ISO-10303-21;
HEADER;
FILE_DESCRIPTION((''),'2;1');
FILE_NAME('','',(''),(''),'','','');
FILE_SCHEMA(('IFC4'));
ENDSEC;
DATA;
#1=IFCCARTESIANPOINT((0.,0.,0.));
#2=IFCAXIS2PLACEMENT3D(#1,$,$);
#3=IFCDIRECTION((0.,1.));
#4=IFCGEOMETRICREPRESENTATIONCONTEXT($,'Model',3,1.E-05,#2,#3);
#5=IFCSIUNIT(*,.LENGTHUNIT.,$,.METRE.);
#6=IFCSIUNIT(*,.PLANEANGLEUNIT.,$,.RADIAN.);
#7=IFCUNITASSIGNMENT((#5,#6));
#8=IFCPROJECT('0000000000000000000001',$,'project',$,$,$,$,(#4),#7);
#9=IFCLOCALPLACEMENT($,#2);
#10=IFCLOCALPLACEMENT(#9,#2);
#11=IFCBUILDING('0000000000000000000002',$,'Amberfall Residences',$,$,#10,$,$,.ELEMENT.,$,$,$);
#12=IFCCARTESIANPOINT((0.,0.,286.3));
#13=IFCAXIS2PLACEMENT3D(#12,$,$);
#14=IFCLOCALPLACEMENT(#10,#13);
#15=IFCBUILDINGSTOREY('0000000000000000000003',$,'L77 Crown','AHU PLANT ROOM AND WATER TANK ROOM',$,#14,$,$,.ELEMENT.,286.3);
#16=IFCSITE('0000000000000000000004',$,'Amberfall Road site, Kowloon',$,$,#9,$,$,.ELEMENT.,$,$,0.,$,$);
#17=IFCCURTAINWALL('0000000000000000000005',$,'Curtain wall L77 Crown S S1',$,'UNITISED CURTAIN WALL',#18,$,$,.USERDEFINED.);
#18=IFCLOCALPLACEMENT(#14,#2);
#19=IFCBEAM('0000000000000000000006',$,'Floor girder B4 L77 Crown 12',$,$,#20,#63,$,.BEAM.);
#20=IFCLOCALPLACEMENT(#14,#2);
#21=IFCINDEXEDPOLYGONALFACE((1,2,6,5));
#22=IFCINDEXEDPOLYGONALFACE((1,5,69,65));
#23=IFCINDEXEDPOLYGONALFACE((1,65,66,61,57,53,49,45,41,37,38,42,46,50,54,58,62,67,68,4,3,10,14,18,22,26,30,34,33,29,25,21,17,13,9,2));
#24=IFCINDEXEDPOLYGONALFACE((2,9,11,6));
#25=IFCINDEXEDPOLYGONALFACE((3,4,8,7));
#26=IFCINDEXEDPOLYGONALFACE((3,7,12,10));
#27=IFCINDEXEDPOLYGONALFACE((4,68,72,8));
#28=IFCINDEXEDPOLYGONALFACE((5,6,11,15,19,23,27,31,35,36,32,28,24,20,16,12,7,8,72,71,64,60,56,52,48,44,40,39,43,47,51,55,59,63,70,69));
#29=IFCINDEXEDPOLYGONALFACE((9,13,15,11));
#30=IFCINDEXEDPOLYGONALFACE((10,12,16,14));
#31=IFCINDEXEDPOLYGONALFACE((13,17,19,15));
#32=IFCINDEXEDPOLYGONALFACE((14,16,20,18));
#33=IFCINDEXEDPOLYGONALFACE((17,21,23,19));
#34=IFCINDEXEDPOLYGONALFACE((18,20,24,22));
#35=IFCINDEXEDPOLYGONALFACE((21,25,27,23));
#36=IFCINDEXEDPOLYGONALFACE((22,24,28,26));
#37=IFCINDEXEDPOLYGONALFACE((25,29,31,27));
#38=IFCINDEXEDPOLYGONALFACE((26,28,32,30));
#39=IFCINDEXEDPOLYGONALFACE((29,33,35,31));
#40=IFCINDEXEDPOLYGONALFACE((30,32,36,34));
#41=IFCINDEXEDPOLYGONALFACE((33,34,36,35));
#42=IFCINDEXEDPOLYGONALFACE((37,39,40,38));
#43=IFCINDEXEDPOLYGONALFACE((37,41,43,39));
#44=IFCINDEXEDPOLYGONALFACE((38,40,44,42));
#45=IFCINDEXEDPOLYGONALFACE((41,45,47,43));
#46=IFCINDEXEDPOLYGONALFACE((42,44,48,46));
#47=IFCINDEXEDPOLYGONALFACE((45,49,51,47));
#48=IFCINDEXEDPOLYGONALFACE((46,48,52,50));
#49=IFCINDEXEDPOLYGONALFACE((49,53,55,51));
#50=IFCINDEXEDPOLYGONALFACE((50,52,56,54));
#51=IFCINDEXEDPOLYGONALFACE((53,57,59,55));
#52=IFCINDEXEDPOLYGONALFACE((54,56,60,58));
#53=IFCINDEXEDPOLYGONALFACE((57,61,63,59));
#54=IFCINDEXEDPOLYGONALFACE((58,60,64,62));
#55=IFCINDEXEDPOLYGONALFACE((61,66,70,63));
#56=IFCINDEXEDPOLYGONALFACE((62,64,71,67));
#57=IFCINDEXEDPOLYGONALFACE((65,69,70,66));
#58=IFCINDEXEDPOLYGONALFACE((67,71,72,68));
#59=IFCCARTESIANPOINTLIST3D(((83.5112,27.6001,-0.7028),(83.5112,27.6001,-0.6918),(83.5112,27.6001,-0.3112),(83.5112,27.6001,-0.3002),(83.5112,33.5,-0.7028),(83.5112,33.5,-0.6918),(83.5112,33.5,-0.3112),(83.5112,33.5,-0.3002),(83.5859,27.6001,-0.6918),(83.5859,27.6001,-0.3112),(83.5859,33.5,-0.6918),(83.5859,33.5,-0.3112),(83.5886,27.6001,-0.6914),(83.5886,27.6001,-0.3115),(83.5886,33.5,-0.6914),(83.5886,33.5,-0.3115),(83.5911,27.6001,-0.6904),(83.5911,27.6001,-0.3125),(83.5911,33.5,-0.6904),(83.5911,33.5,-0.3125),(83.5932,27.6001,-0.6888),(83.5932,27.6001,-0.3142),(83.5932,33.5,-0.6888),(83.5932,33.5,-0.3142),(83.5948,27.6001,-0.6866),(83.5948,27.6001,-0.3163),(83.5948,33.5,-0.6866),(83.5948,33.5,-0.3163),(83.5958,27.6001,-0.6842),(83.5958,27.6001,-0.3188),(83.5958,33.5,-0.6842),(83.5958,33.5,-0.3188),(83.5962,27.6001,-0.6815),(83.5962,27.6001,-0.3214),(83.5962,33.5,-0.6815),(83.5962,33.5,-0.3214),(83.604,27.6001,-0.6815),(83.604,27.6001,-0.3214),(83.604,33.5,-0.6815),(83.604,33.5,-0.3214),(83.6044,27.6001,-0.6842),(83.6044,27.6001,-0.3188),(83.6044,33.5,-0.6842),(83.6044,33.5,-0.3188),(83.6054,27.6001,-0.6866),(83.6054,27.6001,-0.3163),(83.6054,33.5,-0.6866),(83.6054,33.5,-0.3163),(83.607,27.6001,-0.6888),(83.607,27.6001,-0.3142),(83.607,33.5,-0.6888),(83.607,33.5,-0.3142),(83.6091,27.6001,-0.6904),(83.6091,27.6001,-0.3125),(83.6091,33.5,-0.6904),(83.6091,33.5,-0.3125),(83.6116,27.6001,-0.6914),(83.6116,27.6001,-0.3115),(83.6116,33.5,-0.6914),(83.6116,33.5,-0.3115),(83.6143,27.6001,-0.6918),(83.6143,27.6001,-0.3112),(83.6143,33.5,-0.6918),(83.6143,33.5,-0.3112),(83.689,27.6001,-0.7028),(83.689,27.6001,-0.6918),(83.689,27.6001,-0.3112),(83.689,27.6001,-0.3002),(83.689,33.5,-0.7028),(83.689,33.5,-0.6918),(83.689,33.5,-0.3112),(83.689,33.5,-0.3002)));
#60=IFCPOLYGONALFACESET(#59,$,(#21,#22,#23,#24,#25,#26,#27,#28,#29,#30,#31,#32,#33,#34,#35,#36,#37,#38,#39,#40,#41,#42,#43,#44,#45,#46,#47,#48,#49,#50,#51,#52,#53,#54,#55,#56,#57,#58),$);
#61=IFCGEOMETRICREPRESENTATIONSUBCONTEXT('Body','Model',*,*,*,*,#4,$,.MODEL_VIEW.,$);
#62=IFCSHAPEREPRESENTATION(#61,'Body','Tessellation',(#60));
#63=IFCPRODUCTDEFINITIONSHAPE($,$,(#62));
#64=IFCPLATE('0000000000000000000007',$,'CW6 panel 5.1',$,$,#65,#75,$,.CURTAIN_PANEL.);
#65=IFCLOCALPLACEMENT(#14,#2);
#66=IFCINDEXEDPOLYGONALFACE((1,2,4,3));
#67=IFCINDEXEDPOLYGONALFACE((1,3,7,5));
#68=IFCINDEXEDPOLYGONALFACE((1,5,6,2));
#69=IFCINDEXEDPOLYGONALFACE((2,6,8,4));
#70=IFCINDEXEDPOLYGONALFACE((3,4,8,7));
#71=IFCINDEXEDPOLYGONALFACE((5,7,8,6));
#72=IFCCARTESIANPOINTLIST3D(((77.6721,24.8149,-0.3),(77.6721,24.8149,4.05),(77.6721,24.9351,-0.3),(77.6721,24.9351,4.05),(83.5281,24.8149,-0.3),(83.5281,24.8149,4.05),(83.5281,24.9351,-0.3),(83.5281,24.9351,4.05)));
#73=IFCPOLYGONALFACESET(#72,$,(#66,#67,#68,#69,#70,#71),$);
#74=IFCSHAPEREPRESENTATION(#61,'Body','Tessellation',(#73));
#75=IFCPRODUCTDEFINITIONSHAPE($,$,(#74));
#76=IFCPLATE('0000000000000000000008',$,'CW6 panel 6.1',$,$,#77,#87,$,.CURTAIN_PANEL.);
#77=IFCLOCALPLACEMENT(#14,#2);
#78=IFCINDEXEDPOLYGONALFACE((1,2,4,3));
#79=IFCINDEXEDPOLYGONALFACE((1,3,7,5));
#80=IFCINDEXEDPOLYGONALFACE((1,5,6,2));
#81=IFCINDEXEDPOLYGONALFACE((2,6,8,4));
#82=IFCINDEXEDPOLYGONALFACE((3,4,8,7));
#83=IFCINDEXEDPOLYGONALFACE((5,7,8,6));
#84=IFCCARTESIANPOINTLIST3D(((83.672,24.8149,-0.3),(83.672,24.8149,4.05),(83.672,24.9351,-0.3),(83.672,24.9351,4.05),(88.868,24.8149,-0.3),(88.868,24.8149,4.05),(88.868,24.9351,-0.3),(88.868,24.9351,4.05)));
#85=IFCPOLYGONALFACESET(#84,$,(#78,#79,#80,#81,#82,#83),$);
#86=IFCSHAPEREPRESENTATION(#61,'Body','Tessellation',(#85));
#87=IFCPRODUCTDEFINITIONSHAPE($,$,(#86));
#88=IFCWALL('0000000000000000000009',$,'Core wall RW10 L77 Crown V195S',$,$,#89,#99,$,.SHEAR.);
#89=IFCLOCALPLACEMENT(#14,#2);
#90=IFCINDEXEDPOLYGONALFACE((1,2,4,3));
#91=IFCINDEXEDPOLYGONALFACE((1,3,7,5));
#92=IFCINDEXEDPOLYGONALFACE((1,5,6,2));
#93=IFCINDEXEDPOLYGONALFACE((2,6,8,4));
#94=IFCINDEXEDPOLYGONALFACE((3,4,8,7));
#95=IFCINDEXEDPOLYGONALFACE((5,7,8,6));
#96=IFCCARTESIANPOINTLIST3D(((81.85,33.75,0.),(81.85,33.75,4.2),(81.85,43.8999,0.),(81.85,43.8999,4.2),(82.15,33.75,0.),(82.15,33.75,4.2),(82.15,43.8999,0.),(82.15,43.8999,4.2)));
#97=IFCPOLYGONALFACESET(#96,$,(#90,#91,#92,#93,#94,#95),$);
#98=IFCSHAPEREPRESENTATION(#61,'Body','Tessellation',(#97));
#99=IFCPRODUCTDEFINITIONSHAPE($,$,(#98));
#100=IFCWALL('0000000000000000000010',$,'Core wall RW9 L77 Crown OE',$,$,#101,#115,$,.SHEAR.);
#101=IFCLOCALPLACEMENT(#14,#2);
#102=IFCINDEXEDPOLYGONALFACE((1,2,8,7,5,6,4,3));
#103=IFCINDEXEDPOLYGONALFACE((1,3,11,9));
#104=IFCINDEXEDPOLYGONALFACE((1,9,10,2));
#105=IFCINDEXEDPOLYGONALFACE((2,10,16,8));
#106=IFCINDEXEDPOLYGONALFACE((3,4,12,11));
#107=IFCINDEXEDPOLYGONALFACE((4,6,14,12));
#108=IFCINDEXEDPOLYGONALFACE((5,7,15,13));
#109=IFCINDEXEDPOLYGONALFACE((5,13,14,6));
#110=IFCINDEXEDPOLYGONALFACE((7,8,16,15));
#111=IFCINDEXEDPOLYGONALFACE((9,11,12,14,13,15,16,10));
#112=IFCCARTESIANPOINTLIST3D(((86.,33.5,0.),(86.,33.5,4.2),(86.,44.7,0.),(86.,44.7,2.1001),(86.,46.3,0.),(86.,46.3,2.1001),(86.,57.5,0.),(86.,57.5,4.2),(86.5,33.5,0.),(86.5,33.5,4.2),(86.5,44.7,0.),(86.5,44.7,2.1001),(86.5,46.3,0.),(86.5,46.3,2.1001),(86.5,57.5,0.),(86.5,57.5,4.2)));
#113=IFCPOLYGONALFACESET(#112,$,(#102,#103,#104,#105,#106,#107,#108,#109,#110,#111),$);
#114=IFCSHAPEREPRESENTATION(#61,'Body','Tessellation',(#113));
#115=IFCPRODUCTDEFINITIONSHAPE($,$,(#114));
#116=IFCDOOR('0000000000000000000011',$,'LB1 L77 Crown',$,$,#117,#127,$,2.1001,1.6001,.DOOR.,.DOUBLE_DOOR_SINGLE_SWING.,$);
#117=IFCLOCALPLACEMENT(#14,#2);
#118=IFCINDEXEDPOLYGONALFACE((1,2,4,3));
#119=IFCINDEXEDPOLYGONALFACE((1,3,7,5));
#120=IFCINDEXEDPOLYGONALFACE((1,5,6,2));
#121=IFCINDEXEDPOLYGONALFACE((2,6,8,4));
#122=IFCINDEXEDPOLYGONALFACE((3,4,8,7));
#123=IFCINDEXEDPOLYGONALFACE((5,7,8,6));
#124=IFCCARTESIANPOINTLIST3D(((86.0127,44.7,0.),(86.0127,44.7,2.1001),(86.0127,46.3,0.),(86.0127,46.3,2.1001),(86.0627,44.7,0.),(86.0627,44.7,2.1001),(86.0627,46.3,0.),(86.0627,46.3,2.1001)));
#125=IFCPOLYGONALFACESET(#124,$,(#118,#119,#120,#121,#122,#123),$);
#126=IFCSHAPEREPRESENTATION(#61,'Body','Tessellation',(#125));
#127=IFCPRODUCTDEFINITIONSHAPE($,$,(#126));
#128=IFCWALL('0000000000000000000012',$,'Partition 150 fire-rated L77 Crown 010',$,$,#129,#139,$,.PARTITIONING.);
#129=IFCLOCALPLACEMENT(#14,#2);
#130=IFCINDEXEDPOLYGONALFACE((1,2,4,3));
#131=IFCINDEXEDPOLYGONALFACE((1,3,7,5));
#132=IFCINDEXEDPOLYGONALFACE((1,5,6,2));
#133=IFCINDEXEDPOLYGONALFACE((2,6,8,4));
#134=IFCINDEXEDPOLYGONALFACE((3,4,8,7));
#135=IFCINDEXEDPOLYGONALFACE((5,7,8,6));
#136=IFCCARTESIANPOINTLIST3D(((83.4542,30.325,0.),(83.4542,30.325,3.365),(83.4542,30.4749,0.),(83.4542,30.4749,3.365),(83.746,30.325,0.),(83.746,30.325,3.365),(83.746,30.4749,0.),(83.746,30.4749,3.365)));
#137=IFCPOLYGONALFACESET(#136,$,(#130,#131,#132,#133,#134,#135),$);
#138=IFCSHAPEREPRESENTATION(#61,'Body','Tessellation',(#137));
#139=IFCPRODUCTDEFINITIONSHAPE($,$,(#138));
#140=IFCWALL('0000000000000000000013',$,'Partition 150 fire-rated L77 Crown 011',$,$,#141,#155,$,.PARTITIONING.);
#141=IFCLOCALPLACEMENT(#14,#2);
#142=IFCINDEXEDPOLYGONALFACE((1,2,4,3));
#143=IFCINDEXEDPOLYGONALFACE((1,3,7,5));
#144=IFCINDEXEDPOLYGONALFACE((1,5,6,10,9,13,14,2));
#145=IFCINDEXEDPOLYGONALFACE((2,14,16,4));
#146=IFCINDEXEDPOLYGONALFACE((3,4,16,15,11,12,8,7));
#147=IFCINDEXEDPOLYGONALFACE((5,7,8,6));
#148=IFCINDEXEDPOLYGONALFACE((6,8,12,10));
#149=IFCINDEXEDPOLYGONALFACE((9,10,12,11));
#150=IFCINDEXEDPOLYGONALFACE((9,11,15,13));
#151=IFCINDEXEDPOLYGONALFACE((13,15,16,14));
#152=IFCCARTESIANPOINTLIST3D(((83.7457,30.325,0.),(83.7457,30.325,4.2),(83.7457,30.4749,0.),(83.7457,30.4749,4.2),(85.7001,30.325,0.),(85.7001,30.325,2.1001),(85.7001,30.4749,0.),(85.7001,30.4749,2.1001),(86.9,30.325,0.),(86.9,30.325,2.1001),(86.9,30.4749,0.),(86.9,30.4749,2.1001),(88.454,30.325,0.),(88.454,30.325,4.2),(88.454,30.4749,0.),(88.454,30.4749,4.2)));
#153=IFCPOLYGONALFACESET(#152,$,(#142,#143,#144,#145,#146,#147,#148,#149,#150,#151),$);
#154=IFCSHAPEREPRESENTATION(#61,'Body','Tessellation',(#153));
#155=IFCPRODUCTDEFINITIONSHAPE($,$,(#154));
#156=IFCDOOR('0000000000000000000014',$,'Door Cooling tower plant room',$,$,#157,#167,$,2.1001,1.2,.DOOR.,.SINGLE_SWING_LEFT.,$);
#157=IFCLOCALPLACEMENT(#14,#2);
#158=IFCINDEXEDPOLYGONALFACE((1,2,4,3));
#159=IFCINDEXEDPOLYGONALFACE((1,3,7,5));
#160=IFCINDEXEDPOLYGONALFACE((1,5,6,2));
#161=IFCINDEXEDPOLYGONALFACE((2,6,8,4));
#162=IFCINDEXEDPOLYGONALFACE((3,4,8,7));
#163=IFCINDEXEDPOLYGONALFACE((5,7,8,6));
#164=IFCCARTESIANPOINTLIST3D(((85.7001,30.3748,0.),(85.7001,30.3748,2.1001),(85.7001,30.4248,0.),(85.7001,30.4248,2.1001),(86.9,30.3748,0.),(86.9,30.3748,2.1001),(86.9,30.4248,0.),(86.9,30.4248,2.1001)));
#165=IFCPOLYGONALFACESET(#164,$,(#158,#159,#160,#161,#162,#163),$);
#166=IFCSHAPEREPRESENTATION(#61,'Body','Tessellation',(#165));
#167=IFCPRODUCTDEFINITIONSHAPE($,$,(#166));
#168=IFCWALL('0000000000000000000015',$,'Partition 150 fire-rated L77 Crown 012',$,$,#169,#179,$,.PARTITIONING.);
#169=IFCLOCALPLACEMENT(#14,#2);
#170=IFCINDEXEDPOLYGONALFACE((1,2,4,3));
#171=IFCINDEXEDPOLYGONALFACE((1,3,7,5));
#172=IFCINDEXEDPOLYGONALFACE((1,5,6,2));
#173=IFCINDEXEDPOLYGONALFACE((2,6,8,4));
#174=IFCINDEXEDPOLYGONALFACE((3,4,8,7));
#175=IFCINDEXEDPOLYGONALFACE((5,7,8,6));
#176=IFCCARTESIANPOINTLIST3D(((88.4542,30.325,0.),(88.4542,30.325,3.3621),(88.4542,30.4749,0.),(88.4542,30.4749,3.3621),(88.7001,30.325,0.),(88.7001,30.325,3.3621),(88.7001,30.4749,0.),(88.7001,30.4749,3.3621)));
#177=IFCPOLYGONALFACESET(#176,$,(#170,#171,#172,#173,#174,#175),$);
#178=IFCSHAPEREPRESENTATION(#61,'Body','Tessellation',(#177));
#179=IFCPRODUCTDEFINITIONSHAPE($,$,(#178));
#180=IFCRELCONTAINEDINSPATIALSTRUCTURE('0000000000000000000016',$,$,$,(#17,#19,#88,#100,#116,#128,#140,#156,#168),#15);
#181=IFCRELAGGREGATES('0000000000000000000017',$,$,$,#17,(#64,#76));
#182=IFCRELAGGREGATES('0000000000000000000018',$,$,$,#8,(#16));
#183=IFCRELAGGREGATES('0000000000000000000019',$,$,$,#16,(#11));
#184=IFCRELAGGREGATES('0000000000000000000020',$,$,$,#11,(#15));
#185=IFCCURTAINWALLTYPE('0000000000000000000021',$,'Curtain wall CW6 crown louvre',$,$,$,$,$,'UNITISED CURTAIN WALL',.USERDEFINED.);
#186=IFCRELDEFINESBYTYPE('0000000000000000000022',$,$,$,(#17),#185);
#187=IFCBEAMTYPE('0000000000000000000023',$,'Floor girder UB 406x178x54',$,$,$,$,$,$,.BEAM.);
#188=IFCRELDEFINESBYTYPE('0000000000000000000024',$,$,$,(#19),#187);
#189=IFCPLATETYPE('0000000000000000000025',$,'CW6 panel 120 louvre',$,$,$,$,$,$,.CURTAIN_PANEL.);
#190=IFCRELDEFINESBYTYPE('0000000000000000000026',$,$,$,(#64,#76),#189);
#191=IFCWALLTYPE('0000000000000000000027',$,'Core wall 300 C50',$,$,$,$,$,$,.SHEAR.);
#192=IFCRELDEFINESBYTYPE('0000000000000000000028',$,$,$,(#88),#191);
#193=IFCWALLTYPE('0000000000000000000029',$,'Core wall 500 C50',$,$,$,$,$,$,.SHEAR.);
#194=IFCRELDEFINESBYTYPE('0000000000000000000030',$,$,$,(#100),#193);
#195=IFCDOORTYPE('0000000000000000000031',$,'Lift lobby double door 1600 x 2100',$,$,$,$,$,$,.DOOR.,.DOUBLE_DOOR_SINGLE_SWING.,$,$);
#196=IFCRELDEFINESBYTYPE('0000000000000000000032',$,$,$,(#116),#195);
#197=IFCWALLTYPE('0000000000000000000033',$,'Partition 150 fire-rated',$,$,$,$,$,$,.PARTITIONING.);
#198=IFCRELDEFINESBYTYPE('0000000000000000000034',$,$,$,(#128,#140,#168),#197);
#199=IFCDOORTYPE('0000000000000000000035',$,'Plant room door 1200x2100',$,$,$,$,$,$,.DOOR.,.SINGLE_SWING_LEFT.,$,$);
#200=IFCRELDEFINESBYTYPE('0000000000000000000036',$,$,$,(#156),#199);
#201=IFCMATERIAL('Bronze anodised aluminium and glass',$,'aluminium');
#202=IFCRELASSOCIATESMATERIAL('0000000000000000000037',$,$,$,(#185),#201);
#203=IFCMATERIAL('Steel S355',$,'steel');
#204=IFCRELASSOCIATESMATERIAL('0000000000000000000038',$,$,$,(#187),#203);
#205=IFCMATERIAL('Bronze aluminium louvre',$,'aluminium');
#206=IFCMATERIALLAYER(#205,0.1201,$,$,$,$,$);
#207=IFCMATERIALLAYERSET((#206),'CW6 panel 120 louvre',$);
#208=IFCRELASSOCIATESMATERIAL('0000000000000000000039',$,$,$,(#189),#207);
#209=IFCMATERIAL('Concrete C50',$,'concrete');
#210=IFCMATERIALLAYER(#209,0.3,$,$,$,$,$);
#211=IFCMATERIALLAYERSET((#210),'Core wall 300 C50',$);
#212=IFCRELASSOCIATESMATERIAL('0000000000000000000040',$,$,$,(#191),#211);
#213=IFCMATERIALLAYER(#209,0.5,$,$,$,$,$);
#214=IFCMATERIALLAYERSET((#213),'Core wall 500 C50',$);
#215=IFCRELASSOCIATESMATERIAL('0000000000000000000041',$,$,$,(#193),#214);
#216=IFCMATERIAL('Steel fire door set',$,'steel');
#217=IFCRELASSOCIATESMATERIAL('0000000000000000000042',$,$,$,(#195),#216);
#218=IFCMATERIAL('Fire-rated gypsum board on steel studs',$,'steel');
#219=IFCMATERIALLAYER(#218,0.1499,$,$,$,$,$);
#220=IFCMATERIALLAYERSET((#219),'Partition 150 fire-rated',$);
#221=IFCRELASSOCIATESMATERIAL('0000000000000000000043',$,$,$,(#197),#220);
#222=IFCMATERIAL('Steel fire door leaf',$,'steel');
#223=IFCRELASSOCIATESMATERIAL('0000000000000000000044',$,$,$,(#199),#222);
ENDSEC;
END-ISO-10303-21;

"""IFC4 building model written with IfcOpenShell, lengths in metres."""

from ifc_helpers import new_model, si_unit, direction, frame, frame_2d, origin, origin_2d, place, context, subcontext, project, spatial, rectangle, i_section, extrude, material, layer, layer_set, material_profile, profile_set, type_object, element, fill, aggregate, save


model = new_model("IFC4")

# Units and contexts
model_context = context("Model", 3, precision=1e-05, world=origin(), true_north=direction((0.0, 1.0)))
body_context = subcontext(model_context, "Body", "Model", "MODEL_VIEW")
ifc_project = project(units=[si_unit("LENGTHUNIT", "METRE"), si_unit("PLANEANGLEUNIT", "RADIAN")], contexts=[model_context])

# Site, building, storey
site_placement = place(None, origin())
site = spatial("IfcSite", under=ifc_project, at=site_placement, Name="Amberfall Road site, Kowloon", CompositionType="ELEMENT", RefElevation=0.0)
building_placement = place(site_placement, origin())
building = spatial("IfcBuilding", under=site, at=building_placement, Name="Amberfall Residences", CompositionType="ELEMENT")
storey_placement = place(building_placement, frame((0.0, 0.0, 286.3)))
storey = spatial("IfcBuildingStorey", under=building, at=storey_placement, Name="L77 Crown", Description="AHU PLANT ROOM AND WATER TANK ROOM", CompositionType="ELEMENT", Elevation=286.3)

# Shared definitions
ifc_material_1 = material(Name="Concrete C50", Category="concrete")

# Curtain wall
ifc_material_2 = material(Name="Bronze anodised aluminium and glass", Category="aluminium")
curtain_wall_type = type_object("IfcCurtainWallType", Name="Curtain wall CW6 crown louvre", ElementType="UNITISED CURTAIN WALL", PredefinedType="USERDEFINED", material=ifc_material_2)
curtain_wall_placement = place(storey_placement, origin())
curtain_wall = element("IfcCurtainWall", 1, at=curtain_wall_placement, inside=storey, type_object=curtain_wall_type, Name="Curtain wall L77 Crown S S1", ObjectType="UNITISED CURTAIN WALL", PredefinedType="USERDEFINED")

# Beam
ifc_material_3 = material(Name="Steel S355", Category="steel")
ifc_material_profile_1 = material_profile(ifc_material_3, i_section(OverallWidth=0.1777, OverallDepth=0.4026, WebThickness=0.0078, FlangeThickness=0.011, FilletRadius=0.0103, at=origin_2d()), Name="UB 406x178x54")
ifc_profile_set_1 = profile_set([ifc_material_profile_1], Name="Steel S355")
beam_type_1 = type_object("IfcBeamType", Name="Floor girder UB 406x178x54", PredefinedType="BEAM", material=ifc_profile_set_1)
beam_1_placement = place(storey_placement, frame((83.6001, 27.6001, -0.5015), z_axis=(0.0, 1.0, 0.0), x_axis=(-1.0, 0.0, 0.0)))
element("IfcBeam", 2, at=beam_1_placement, inside=storey, type_object=beam_type_1, Name="Floor girder B4 L77 Crown 12", PredefinedType="BEAM", context=body_context, shape_type="SweptSolid", body=[
    extrude(i_section(OverallWidth=0.1777, OverallDepth=0.4026, WebThickness=0.0078, FlangeThickness=0.011, FilletRadius=0.0103, at=origin_2d()), origin(), (0.0, 0.0, 1.0), 5.8999),
])

# Plates
ifc_material_4 = material(Name="Bronze aluminium louvre", Category="aluminium")
ifc_layer_1 = layer(ifc_material_4, 0.1201)
ifc_layer_set_1 = layer_set([ifc_layer_1], Name="CW6 panel 120 louvre")
plate_type = type_object("IfcPlateType", Name="CW6 panel 120 louvre", PredefinedType="CURTAIN_PANEL", material=ifc_layer_set_1)
plate_1_placement = place(storey_placement, frame((80.6001, 24.875, -0.3), z_axis=(0.0, 0.0, 1.0), x_axis=(1.0, 0.0, 0.0)))
plate_1 = element("IfcPlate", 3, at=plate_1_placement, type_object=plate_type, Name="CW6 panel 5.1", PredefinedType="CURTAIN_PANEL", context=body_context, shape_type="SweptSolid", body=[
    extrude(rectangle(XDim=5.856, YDim=0.1201, at=origin_2d()), origin(), (0.0, 0.0, 1.0), 4.3501),
])
plate_2_placement = place(storey_placement, frame((86.27, 24.875, -0.3), z_axis=(0.0, 0.0, 1.0), x_axis=(1.0, 0.0, 0.0)))
plate_2 = element("IfcPlate", 4, at=plate_2_placement, type_object=plate_type, Name="CW6 panel 6.1", PredefinedType="CURTAIN_PANEL", context=body_context, shape_type="SweptSolid", body=[
    extrude(rectangle(XDim=5.196, YDim=0.1201, at=origin_2d()), origin(), (0.0, 0.0, 1.0), 4.3501),
])
aggregate(curtain_wall, [plate_1, plate_2])

# Wall
ifc_layer_2 = layer(ifc_material_1, 0.3)
ifc_layer_set_2 = layer_set([ifc_layer_2], Name="Core wall 300 C50")
wall_type_1 = type_object("IfcWallType", Name="Core wall 300 C50", PredefinedType="SHEAR", material=ifc_layer_set_2)
wall_1_placement = place(storey_placement, frame((82.0, 33.75, 0.0), z_axis=(0.0, 0.0, 1.0), x_axis=(0.0, 1.0, 0.0)))
element("IfcWall", 5, at=wall_1_placement, inside=storey, type_object=wall_type_1, Name="Core wall RW10 L77 Crown V195S", PredefinedType="SHEAR", context=body_context, shape_type="SweptSolid", body=[
    extrude(rectangle(XDim=10.1499, YDim=0.3, at=frame_2d((5.075, 0.0))), origin(), (0.0, 0.0, 1.0), 4.2),
])

# Wall, opening, door
ifc_layer_3 = layer(ifc_material_1, 0.5)
ifc_layer_set_3 = layer_set([ifc_layer_3], Name="Core wall 500 C50")
wall_type_2 = type_object("IfcWallType", Name="Core wall 500 C50", PredefinedType="SHEAR", material=ifc_layer_set_3)
wall_2_placement = place(storey_placement, frame((86.25, 33.5, 0.0), z_axis=(0.0, 0.0, 1.0), x_axis=(0.0, 1.0, 0.0)))
wall_2 = element("IfcWall", 6, at=wall_2_placement, inside=storey, type_object=wall_type_2, Name="Core wall RW9 L77 Crown OE", PredefinedType="SHEAR", context=body_context, shape_type="SweptSolid", body=[
    extrude(rectangle(XDim=24.0, YDim=0.5, at=frame_2d((12.0, 0.0))), origin(), (0.0, 0.0, 1.0), 4.2),
])
opening_1_placement = place(wall_2_placement, frame((11.2, 0.0, 0.0)))
opening_1 = element("IfcOpeningElement", 7, at=opening_1_placement, cuts=wall_2, PredefinedType="OPENING", context=body_context, shape_type="SweptSolid", body=[
    extrude(rectangle(XDim=1.6001, YDim=2.1001, at=frame_2d((0.8, 1.05))), frame((0.0, 0.26, 0.0), z_axis=(0.0, -1.0, 0.0), x_axis=(1.0, 0.0, 0.0)), (0.0, 0.0, 1.0), 0.52),
])
ifc_material_5 = material(Name="Steel fire door set", Category="steel")
door_type_1 = type_object("IfcDoorType", Name="Lift lobby double door 1600 x 2100", OperationType="DOUBLE_DOOR_SINGLE_SWING", PredefinedType="DOOR", material=ifc_material_5)
door_1_placement = place(opening_1_placement, origin())
door_1 = element("IfcDoor", 8, at=door_1_placement, inside=storey, type_object=door_type_1, Name="LB1 L77 Crown", OperationType="DOUBLE_DOOR_SINGLE_SWING", OverallHeight=2.1001, OverallWidth=1.6001, PredefinedType="DOOR", context=body_context, shape_type="SweptSolid", body=[
    extrude(rectangle(XDim=1.6001, YDim=2.1001, at=frame_2d((0.8, 1.05))), frame((0.0, 0.2373, 0.0), z_axis=(0.0, -1.0, 0.0), x_axis=(1.0, 0.0, 0.0)), (0.0, 0.0, 1.0), 0.05),
])
fill(opening_1, door_1)

# Wall
ifc_material_6 = material(Name="Fire-rated gypsum board on steel studs", Category="steel")
ifc_layer_4 = layer(ifc_material_6, 0.1499)
ifc_layer_set_4 = layer_set([ifc_layer_4], Name="Partition 150 fire-rated")
wall_type_3 = type_object("IfcWallType", Name="Partition 150 fire-rated", PredefinedType="PARTITIONING", material=ifc_layer_set_4)
wall_3_placement = place(storey_placement, frame((83.4541, 30.3999, 0.0), z_axis=(0.0, 0.0, 1.0), x_axis=(1.0, 0.0, 0.0)))
element("IfcWall", 9, at=wall_3_placement, inside=storey, type_object=wall_type_3, Name="Partition 150 fire-rated L77 Crown 010", PredefinedType="PARTITIONING", context=body_context, shape_type="SweptSolid", body=[
    extrude(rectangle(XDim=0.2917, YDim=0.1499, at=frame_2d((0.146, 0.0))), origin(), (0.0, 0.0, 1.0), 3.365),
])

# Wall, opening, door
wall_4_placement = place(storey_placement, frame((83.7458, 30.3999, 0.0), z_axis=(0.0, 0.0, 1.0), x_axis=(1.0, 0.0, 0.0)))
wall_4 = element("IfcWall", 10, at=wall_4_placement, inside=storey, type_object=wall_type_3, Name="Partition 150 fire-rated L77 Crown 011", PredefinedType="PARTITIONING", context=body_context, shape_type="SweptSolid", body=[
    extrude(rectangle(XDim=4.7083, YDim=0.1499, at=frame_2d((2.354, 0.0))), origin(), (0.0, 0.0, 1.0), 4.2),
])
opening_2_placement = place(wall_4_placement, frame((1.9541, 0.0, 0.0)))
opening_2 = element("IfcOpeningElement", 11, at=opening_2_placement, cuts=wall_4, PredefinedType="OPENING", context=body_context, shape_type="SweptSolid", body=[
    extrude(rectangle(XDim=1.2, YDim=2.1001, at=frame_2d((0.6001, 1.05))), frame((0.0, 0.085, 0.0), z_axis=(0.0, -1.0, 0.0), x_axis=(1.0, 0.0, 0.0)), (0.0, 0.0, 1.0), 0.1699),
])
ifc_material_7 = material(Name="Steel fire door leaf", Category="steel")
door_type_2 = type_object("IfcDoorType", Name="Plant room door 1200x2100", OperationType="SINGLE_SWING_LEFT", PredefinedType="DOOR", material=ifc_material_7)
door_2_placement = place(opening_2_placement, origin())
door_2 = element("IfcDoor", 12, at=door_2_placement, inside=storey, type_object=door_type_2, Name="Door Cooling tower plant room", OperationType="SINGLE_SWING_LEFT", OverallHeight=2.1001, OverallWidth=1.2, PredefinedType="DOOR", context=body_context, shape_type="SweptSolid", body=[
    extrude(rectangle(XDim=1.2, YDim=2.1001, at=frame_2d((0.6001, 1.05))), frame((0.0, 0.0249, 0.0), z_axis=(0.0, -1.0, 0.0), x_axis=(1.0, 0.0, 0.0)), (0.0, 0.0, 1.0), 0.05),
])
fill(opening_2, door_2)

# Wall
wall_5_placement = place(storey_placement, frame((88.4541, 30.3999, 0.0), z_axis=(0.0, 0.0, 1.0), x_axis=(1.0, 0.0, 0.0)))
element("IfcWall", 13, at=wall_5_placement, inside=storey, type_object=wall_type_3, Name="Partition 150 fire-rated L77 Crown 012", PredefinedType="PARTITIONING", context=body_context, shape_type="SweptSolid", body=[
    extrude(rectangle(XDim=0.2458, YDim=0.1499, at=frame_2d((0.123, 0.0))), origin(), (0.0, 0.0, 1.0), 3.3621),
])

save(model, "model.ifc")
